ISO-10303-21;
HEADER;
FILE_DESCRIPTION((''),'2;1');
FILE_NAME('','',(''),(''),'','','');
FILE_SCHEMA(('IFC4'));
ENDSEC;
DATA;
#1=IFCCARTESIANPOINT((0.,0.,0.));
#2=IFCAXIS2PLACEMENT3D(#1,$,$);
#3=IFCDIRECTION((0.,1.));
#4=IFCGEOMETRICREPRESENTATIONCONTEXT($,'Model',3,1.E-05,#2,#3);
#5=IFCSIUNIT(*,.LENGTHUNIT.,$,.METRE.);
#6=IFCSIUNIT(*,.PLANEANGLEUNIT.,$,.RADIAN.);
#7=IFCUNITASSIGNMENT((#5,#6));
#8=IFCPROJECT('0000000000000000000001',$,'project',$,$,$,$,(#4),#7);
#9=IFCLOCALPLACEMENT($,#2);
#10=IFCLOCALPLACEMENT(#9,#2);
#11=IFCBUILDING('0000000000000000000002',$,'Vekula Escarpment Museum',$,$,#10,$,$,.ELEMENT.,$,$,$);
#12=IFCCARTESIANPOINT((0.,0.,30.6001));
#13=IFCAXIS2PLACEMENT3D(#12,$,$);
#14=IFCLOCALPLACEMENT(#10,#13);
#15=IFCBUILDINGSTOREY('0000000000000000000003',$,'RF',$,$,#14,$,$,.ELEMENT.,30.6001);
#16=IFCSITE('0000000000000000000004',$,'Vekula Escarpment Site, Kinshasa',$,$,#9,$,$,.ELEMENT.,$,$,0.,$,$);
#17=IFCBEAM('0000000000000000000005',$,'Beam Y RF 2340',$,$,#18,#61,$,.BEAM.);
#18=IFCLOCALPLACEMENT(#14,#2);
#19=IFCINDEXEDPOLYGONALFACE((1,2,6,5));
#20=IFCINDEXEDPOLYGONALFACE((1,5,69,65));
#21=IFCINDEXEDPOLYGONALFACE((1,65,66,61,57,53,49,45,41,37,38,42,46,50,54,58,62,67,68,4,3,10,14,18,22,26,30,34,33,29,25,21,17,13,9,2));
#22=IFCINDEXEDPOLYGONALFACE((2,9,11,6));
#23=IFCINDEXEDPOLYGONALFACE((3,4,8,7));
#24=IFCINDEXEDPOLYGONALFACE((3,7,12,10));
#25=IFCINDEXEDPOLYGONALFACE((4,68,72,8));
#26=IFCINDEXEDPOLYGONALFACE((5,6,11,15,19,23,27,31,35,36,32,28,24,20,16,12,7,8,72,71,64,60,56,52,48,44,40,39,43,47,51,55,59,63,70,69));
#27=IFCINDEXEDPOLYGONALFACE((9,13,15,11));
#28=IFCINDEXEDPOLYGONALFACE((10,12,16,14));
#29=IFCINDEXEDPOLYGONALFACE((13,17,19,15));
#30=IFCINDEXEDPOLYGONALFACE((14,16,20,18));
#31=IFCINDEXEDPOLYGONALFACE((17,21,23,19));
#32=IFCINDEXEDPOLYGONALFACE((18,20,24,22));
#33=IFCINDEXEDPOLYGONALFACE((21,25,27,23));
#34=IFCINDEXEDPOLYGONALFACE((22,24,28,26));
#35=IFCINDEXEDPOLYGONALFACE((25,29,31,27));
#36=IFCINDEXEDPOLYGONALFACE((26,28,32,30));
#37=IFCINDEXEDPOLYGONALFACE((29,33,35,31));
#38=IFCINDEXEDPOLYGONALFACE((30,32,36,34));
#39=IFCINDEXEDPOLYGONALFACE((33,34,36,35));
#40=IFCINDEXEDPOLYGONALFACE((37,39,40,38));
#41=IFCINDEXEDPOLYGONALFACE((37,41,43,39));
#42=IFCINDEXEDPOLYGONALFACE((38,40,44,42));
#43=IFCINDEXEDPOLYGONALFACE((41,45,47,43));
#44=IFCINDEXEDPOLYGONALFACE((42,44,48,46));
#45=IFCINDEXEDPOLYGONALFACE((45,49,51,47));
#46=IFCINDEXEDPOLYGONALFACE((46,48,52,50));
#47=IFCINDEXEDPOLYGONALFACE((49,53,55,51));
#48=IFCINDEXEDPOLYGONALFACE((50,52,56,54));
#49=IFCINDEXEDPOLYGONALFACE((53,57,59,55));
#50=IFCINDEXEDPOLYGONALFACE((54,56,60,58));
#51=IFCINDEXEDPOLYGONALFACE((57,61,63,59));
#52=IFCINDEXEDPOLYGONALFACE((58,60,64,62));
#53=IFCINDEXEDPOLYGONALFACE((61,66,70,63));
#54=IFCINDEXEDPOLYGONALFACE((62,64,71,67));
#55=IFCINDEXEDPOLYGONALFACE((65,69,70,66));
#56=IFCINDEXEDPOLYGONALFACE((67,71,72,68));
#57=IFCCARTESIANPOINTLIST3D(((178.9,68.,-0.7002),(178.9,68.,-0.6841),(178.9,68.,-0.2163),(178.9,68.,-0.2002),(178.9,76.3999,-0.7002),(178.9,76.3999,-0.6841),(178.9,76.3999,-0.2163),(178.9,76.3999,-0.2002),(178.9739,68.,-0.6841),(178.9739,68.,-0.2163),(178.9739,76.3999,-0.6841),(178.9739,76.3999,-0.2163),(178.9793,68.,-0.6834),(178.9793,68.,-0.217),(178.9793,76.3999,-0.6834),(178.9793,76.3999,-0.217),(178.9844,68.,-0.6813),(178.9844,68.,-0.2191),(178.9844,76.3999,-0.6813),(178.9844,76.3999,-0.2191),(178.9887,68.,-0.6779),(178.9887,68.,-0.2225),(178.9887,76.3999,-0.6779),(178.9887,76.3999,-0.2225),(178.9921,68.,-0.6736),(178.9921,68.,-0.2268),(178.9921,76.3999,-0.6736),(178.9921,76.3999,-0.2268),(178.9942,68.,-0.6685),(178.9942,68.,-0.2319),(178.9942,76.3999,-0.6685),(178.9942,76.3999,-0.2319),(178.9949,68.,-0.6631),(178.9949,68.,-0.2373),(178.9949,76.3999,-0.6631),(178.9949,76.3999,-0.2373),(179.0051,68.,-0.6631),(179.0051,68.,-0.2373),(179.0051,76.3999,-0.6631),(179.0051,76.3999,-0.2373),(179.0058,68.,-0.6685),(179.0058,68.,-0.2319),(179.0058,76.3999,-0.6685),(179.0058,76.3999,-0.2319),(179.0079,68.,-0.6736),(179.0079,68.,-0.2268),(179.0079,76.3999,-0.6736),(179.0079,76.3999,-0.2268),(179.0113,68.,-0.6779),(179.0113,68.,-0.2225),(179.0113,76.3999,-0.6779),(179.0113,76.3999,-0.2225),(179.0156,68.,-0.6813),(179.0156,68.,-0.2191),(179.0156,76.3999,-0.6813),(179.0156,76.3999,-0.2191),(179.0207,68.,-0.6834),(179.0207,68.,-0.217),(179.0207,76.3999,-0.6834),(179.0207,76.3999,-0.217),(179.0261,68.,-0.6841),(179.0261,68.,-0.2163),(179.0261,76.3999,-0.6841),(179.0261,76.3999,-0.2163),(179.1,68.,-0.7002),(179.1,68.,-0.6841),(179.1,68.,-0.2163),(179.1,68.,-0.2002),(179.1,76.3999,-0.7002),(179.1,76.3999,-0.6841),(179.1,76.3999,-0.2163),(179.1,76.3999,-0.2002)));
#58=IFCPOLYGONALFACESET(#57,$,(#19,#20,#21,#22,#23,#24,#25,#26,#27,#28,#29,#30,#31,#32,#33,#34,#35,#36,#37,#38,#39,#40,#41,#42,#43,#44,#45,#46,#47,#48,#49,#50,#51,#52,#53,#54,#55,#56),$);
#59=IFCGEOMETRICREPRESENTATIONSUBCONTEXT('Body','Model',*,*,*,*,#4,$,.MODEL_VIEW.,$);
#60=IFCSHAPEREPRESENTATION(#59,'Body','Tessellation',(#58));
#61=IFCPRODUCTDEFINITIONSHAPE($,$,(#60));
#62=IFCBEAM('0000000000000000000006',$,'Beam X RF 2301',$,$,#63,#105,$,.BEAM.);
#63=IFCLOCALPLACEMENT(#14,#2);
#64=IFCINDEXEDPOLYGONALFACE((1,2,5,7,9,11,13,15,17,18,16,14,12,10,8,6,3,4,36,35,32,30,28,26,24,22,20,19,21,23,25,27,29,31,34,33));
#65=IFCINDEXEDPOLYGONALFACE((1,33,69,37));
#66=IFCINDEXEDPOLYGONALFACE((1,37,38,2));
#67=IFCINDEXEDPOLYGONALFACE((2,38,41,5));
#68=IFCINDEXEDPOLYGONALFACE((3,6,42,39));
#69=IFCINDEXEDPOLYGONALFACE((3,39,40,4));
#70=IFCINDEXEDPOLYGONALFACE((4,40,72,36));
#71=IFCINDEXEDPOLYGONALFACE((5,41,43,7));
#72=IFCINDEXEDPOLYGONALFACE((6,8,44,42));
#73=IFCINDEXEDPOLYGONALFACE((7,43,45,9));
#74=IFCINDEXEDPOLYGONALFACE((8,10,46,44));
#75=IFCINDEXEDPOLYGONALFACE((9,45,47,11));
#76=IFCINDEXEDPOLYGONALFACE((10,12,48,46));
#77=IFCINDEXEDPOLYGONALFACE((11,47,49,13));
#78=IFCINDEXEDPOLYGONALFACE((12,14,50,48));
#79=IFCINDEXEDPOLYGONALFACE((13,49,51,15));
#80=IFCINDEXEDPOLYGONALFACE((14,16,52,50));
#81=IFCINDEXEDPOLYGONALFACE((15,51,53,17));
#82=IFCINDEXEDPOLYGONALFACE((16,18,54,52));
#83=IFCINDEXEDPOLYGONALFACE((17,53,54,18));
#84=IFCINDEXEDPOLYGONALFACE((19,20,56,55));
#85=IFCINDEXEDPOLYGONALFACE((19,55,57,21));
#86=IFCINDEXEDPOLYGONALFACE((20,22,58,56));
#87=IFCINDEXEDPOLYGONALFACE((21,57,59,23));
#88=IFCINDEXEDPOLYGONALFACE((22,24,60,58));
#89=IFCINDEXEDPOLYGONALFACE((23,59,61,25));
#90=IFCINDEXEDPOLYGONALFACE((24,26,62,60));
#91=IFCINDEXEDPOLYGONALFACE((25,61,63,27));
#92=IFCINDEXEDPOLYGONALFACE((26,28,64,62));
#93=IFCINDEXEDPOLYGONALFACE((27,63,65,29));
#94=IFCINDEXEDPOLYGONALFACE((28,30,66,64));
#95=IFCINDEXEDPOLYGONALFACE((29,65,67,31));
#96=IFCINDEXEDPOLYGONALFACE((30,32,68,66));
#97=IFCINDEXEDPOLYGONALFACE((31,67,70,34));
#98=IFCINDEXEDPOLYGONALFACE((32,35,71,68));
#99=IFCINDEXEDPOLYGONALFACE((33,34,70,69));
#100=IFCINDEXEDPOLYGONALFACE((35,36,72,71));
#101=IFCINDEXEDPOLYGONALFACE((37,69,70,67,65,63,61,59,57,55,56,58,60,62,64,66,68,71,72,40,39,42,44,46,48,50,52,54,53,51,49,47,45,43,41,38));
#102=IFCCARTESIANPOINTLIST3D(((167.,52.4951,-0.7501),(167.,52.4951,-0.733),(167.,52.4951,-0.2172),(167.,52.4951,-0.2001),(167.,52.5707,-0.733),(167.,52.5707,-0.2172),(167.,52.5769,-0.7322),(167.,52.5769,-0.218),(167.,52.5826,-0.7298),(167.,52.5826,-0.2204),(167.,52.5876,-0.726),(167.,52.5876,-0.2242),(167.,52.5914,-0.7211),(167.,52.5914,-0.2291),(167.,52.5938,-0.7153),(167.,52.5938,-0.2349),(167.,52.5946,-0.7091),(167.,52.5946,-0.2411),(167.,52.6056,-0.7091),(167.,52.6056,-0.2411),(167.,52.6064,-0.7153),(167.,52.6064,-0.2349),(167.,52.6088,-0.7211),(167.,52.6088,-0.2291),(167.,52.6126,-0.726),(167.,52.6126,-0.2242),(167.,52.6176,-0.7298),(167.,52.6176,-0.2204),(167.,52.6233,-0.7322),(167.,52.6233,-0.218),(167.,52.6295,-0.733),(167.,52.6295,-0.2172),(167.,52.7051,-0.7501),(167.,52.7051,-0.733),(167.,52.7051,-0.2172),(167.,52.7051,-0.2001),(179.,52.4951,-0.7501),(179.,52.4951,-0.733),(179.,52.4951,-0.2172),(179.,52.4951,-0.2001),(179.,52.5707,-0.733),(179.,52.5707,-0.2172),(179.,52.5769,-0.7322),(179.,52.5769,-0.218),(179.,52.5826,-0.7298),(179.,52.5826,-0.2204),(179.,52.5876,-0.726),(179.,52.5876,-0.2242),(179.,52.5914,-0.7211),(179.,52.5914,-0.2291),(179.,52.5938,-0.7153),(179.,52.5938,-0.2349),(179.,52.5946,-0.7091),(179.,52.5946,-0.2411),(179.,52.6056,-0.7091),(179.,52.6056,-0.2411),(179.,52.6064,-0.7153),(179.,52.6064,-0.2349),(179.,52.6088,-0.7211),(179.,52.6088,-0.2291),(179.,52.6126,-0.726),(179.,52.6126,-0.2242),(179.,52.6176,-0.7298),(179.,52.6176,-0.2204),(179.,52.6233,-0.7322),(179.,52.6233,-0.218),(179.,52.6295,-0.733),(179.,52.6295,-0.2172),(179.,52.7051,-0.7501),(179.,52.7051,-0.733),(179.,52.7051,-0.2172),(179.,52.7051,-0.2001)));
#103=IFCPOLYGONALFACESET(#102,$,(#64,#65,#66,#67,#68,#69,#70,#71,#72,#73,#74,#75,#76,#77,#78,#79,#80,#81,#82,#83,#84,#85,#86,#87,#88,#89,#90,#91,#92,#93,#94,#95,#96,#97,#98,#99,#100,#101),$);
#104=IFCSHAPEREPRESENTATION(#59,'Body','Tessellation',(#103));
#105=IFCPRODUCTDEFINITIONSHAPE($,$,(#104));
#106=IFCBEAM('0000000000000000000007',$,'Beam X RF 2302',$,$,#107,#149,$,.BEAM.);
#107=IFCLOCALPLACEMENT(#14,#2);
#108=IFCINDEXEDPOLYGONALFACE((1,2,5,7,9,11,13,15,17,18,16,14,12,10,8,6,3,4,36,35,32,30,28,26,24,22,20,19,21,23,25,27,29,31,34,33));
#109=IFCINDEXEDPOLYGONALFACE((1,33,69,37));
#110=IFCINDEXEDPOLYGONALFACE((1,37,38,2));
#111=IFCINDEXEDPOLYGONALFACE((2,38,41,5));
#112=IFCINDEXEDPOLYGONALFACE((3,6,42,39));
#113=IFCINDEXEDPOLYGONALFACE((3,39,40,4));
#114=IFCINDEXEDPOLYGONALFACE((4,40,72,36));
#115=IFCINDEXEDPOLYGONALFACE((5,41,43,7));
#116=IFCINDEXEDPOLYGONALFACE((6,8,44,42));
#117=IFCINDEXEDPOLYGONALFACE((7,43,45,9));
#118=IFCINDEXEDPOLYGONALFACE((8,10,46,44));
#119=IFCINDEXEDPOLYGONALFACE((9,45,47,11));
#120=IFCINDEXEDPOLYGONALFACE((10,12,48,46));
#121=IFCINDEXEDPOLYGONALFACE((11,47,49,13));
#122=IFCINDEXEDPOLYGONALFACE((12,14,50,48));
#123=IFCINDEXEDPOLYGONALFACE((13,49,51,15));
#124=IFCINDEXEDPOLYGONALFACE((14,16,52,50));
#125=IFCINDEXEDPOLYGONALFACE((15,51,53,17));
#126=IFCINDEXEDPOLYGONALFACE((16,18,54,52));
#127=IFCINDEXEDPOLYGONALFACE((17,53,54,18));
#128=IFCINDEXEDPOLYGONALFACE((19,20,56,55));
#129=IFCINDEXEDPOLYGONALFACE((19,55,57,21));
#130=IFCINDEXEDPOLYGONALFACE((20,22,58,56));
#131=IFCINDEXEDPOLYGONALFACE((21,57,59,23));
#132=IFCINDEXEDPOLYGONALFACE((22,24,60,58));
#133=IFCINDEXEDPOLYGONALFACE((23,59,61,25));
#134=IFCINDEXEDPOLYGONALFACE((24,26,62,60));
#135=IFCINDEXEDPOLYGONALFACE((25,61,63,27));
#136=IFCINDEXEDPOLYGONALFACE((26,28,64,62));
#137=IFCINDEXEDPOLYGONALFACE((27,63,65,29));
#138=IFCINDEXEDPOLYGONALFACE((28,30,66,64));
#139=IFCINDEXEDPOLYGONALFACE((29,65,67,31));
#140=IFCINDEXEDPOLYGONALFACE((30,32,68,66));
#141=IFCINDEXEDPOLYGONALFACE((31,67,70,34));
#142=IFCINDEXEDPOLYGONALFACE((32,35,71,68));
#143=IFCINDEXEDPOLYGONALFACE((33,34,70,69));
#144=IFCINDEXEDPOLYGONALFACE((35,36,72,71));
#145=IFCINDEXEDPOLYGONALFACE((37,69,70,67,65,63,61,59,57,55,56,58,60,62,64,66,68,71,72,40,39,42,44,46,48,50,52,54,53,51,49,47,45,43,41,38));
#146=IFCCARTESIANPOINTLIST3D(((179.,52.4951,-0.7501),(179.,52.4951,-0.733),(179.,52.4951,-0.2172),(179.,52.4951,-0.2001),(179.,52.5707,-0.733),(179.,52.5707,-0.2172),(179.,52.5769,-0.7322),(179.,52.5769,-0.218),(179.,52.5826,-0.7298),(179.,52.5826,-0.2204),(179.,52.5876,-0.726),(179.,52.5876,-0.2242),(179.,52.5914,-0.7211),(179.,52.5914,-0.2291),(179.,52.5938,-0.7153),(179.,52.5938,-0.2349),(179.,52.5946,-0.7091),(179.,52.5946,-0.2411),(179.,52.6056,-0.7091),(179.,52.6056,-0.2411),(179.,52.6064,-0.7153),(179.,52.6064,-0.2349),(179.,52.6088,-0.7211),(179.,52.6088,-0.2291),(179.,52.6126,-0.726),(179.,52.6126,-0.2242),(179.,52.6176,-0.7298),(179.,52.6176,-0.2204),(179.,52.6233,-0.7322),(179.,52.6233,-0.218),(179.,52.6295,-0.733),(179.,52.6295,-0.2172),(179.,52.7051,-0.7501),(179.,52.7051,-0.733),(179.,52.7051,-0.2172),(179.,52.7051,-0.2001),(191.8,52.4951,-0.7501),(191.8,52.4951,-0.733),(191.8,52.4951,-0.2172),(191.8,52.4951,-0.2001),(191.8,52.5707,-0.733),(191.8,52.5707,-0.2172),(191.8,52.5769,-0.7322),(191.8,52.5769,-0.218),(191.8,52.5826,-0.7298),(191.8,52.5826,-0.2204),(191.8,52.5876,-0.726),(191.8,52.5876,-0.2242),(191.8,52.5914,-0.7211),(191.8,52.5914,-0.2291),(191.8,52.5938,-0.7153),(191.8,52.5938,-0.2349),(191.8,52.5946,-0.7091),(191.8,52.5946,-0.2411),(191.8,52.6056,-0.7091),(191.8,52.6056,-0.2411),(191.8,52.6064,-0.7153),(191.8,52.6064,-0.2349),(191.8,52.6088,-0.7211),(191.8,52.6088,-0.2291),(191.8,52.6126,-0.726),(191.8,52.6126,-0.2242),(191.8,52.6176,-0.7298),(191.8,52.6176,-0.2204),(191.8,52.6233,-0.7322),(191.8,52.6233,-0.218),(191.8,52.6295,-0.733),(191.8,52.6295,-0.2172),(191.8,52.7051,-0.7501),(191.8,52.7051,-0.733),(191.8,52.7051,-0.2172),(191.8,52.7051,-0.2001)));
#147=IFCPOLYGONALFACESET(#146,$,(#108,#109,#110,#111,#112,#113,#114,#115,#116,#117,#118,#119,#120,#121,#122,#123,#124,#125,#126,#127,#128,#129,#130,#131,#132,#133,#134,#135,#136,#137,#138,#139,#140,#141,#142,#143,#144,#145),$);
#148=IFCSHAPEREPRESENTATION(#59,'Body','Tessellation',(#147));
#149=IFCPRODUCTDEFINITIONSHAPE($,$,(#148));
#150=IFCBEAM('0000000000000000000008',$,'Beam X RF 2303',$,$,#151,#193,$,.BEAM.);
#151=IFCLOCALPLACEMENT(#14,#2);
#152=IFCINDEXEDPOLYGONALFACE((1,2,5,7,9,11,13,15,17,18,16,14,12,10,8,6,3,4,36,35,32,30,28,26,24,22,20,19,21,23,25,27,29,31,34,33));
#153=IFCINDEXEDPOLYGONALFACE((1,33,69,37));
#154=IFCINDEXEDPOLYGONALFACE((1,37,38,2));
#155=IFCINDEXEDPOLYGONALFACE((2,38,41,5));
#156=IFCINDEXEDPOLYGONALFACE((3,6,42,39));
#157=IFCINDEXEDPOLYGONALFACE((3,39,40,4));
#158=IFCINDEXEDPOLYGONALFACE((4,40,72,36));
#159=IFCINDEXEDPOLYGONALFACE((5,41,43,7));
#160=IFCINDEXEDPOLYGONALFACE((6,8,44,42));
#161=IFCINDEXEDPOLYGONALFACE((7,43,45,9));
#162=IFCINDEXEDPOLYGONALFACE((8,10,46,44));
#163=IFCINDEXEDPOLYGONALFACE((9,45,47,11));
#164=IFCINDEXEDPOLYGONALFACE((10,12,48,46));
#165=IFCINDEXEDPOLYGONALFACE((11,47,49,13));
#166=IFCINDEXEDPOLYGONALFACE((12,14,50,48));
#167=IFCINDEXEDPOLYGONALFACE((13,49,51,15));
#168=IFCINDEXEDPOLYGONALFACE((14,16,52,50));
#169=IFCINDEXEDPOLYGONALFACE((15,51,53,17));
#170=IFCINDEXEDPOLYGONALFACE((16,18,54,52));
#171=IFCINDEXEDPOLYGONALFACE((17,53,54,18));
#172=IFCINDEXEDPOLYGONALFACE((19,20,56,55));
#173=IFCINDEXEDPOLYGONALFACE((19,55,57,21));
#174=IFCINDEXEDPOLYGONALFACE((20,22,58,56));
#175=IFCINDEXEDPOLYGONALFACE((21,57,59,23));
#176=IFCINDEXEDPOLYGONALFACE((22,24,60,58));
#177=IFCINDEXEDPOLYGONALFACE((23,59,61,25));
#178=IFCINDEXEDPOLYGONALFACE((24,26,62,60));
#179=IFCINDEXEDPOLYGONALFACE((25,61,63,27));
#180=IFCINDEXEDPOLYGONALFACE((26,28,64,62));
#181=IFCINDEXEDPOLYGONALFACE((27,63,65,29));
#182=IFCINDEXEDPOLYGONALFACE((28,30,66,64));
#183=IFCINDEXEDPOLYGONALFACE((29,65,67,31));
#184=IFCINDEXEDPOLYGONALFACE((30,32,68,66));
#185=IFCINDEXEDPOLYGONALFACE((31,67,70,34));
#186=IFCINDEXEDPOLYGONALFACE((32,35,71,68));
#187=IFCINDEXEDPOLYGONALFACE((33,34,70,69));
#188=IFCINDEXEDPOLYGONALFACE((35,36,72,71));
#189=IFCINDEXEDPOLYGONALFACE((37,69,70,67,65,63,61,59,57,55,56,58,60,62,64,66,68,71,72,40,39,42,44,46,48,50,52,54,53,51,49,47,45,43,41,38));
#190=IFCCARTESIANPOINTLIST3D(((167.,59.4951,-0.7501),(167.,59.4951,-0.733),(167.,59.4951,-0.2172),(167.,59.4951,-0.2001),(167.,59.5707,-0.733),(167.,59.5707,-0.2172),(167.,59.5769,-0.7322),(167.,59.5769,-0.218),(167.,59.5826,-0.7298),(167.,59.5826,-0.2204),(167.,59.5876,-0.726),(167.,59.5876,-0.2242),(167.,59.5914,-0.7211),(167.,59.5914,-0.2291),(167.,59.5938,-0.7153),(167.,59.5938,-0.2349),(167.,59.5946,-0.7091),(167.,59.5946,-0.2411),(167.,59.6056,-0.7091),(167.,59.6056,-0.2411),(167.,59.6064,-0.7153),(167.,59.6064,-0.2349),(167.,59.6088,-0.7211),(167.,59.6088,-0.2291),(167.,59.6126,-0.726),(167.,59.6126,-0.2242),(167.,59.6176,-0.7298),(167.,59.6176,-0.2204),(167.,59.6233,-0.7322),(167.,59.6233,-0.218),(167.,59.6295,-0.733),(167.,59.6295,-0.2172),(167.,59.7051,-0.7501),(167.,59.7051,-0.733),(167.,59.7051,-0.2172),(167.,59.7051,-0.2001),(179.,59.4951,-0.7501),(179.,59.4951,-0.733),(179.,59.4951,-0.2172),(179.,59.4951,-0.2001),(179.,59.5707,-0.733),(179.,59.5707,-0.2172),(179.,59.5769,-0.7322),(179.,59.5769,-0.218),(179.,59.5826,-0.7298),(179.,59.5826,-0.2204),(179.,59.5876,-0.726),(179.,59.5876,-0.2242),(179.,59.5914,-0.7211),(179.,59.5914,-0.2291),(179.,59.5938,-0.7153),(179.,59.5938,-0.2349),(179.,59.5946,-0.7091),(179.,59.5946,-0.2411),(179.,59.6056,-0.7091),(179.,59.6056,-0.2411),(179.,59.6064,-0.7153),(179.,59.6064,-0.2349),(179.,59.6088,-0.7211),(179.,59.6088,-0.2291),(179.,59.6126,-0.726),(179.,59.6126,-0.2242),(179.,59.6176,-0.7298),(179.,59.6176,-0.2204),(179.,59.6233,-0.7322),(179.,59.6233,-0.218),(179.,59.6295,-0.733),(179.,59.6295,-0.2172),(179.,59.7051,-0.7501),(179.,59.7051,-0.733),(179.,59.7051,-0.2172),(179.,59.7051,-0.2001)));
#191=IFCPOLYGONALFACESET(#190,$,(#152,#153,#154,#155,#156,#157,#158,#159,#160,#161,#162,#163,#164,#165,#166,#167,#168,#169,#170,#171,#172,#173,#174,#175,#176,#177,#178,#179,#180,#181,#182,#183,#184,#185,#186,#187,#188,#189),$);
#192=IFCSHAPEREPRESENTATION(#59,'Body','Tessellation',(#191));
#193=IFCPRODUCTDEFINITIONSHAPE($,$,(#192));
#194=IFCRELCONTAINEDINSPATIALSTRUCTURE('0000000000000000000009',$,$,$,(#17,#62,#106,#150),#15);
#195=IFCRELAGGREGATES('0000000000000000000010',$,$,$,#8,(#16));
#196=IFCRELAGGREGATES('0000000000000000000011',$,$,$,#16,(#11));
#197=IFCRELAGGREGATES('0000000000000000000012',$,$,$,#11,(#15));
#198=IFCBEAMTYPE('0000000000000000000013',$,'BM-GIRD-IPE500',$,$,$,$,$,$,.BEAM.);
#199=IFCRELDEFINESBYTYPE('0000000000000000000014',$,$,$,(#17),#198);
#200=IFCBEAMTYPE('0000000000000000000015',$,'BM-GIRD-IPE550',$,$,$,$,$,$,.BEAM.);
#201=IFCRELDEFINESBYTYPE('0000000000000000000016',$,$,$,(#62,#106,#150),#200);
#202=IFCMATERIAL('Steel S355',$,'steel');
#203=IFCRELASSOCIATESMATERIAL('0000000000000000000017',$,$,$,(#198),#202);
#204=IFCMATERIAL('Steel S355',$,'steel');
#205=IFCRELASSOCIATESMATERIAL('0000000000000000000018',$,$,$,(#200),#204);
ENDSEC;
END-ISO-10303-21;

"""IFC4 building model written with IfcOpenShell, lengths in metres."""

from ifc_helpers import new_model, si_unit, direction, frame, origin, origin_2d, place, context, subcontext, project, spatial, i_section, extrude, material, material_profile, profile_set, type_object, element, save


model = new_model("IFC4")

# Units and contexts
model_context = context("Model", 3, precision=1e-05, world=origin(), true_north=direction((0.0, 1.0)))
body_context = subcontext(model_context, "Body", "Model", "MODEL_VIEW")
ifc_project = project(units=[si_unit("LENGTHUNIT", "METRE"), si_unit("PLANEANGLEUNIT", "RADIAN")], contexts=[model_context])

# Site, building, storey
site_placement = place(None, origin())
site = spatial("IfcSite", under=ifc_project, at=site_placement, Name="Vekula Escarpment Site, Kinshasa", CompositionType="ELEMENT", RefElevation=0.0)
building_placement = place(site_placement, origin())
building = spatial("IfcBuilding", under=site, at=building_placement, Name="Vekula Escarpment Museum", CompositionType="ELEMENT")
storey_placement = place(building_placement, frame((0.0, 0.0, 30.6001)))
storey = spatial("IfcBuildingStorey", under=building, at=storey_placement, Name="RF", CompositionType="ELEMENT", Elevation=30.6001)

# Beams
ifc_material_1 = material(Name="Steel S355", Category="steel")
ifc_material_profile_1 = material_profile(ifc_material_1, i_section(OverallWidth=0.2, OverallDepth=0.5, WebThickness=0.0103, FlangeThickness=0.0161, FilletRadius=0.021, at=origin_2d()), Name="IPE 500")
ifc_profile_set_1 = profile_set([ifc_material_profile_1], Name="Steel S355")
beam_type_1 = type_object("IfcBeamType", Name="BM-GIRD-IPE500", PredefinedType="BEAM", material=ifc_profile_set_1)
for number, where, z_axis, x_axis, name in (
    (1, (179.0, 68.0, -0.4502), (0.0, 1.0, 0.0), (-1.0, 0.0, 0.0), "Beam Y RF 2340"),
):
    element("IfcBeam", number, at=place(storey_placement, frame(where, z_axis=z_axis, x_axis=x_axis)), inside=storey, type_object=beam_type_1, Name=name, PredefinedType="BEAM", context=body_context, shape_type="SweptSolid", body=[
        extrude(i_section(OverallWidth=0.2, OverallDepth=0.5, WebThickness=0.0103, FlangeThickness=0.0161, FilletRadius=0.021, at=origin_2d()), origin(), (0.0, 0.0, 1.0), 8.3999),
    ])
ifc_material_2 = material(Name="Steel S355", Category="steel")
ifc_material_profile_2 = material_profile(ifc_material_2, i_section(OverallWidth=0.21, OverallDepth=0.55, WebThickness=0.011, FlangeThickness=0.0171, FilletRadius=0.0239, at=origin_2d()), Name="IPE 550")
ifc_profile_set_2 = profile_set([ifc_material_profile_2], Name="Steel S355")
beam_type_2 = type_object("IfcBeamType", Name="BM-GIRD-IPE550", PredefinedType="BEAM", material=ifc_profile_set_2)
beam_1_placement = place(storey_placement, frame((167.0, 52.6001, -0.4751), z_axis=(1.0, 0.0, 0.0), x_axis=(0.0, 1.0, 0.0)))
element("IfcBeam", 2, at=beam_1_placement, inside=storey, type_object=beam_type_2, Name="Beam X RF 2301", PredefinedType="BEAM", context=body_context, shape_type="SweptSolid", body=[
    extrude(i_section(OverallWidth=0.21, OverallDepth=0.55, WebThickness=0.011, FlangeThickness=0.0171, FilletRadius=0.0239, at=origin_2d()), origin(), (0.0, 0.0, 1.0), 12.0),
])
beam_2_placement = place(storey_placement, frame((179.0, 52.6001, -0.4751), z_axis=(1.0, 0.0, 0.0), x_axis=(0.0, 1.0, 0.0)))
element("IfcBeam", 3, at=beam_2_placement, inside=storey, type_object=beam_type_2, Name="Beam X RF 2302", PredefinedType="BEAM", context=body_context, shape_type="SweptSolid", body=[
    extrude(i_section(OverallWidth=0.21, OverallDepth=0.55, WebThickness=0.011, FlangeThickness=0.0171, FilletRadius=0.0239, at=origin_2d()), origin(), (0.0, 0.0, 1.0), 12.8),
])
beam_3_placement = place(storey_placement, frame((167.0, 59.6001, -0.4751), z_axis=(1.0, 0.0, 0.0), x_axis=(0.0, 1.0, 0.0)))
element("IfcBeam", 4, at=beam_3_placement, inside=storey, type_object=beam_type_2, Name="Beam X RF 2303", PredefinedType="BEAM", context=body_context, shape_type="SweptSolid", body=[
    extrude(i_section(OverallWidth=0.21, OverallDepth=0.55, WebThickness=0.011, FlangeThickness=0.0171, FilletRadius=0.0239, at=origin_2d()), origin(), (0.0, 0.0, 1.0), 12.0),
])

save(model, "model.ifc")
